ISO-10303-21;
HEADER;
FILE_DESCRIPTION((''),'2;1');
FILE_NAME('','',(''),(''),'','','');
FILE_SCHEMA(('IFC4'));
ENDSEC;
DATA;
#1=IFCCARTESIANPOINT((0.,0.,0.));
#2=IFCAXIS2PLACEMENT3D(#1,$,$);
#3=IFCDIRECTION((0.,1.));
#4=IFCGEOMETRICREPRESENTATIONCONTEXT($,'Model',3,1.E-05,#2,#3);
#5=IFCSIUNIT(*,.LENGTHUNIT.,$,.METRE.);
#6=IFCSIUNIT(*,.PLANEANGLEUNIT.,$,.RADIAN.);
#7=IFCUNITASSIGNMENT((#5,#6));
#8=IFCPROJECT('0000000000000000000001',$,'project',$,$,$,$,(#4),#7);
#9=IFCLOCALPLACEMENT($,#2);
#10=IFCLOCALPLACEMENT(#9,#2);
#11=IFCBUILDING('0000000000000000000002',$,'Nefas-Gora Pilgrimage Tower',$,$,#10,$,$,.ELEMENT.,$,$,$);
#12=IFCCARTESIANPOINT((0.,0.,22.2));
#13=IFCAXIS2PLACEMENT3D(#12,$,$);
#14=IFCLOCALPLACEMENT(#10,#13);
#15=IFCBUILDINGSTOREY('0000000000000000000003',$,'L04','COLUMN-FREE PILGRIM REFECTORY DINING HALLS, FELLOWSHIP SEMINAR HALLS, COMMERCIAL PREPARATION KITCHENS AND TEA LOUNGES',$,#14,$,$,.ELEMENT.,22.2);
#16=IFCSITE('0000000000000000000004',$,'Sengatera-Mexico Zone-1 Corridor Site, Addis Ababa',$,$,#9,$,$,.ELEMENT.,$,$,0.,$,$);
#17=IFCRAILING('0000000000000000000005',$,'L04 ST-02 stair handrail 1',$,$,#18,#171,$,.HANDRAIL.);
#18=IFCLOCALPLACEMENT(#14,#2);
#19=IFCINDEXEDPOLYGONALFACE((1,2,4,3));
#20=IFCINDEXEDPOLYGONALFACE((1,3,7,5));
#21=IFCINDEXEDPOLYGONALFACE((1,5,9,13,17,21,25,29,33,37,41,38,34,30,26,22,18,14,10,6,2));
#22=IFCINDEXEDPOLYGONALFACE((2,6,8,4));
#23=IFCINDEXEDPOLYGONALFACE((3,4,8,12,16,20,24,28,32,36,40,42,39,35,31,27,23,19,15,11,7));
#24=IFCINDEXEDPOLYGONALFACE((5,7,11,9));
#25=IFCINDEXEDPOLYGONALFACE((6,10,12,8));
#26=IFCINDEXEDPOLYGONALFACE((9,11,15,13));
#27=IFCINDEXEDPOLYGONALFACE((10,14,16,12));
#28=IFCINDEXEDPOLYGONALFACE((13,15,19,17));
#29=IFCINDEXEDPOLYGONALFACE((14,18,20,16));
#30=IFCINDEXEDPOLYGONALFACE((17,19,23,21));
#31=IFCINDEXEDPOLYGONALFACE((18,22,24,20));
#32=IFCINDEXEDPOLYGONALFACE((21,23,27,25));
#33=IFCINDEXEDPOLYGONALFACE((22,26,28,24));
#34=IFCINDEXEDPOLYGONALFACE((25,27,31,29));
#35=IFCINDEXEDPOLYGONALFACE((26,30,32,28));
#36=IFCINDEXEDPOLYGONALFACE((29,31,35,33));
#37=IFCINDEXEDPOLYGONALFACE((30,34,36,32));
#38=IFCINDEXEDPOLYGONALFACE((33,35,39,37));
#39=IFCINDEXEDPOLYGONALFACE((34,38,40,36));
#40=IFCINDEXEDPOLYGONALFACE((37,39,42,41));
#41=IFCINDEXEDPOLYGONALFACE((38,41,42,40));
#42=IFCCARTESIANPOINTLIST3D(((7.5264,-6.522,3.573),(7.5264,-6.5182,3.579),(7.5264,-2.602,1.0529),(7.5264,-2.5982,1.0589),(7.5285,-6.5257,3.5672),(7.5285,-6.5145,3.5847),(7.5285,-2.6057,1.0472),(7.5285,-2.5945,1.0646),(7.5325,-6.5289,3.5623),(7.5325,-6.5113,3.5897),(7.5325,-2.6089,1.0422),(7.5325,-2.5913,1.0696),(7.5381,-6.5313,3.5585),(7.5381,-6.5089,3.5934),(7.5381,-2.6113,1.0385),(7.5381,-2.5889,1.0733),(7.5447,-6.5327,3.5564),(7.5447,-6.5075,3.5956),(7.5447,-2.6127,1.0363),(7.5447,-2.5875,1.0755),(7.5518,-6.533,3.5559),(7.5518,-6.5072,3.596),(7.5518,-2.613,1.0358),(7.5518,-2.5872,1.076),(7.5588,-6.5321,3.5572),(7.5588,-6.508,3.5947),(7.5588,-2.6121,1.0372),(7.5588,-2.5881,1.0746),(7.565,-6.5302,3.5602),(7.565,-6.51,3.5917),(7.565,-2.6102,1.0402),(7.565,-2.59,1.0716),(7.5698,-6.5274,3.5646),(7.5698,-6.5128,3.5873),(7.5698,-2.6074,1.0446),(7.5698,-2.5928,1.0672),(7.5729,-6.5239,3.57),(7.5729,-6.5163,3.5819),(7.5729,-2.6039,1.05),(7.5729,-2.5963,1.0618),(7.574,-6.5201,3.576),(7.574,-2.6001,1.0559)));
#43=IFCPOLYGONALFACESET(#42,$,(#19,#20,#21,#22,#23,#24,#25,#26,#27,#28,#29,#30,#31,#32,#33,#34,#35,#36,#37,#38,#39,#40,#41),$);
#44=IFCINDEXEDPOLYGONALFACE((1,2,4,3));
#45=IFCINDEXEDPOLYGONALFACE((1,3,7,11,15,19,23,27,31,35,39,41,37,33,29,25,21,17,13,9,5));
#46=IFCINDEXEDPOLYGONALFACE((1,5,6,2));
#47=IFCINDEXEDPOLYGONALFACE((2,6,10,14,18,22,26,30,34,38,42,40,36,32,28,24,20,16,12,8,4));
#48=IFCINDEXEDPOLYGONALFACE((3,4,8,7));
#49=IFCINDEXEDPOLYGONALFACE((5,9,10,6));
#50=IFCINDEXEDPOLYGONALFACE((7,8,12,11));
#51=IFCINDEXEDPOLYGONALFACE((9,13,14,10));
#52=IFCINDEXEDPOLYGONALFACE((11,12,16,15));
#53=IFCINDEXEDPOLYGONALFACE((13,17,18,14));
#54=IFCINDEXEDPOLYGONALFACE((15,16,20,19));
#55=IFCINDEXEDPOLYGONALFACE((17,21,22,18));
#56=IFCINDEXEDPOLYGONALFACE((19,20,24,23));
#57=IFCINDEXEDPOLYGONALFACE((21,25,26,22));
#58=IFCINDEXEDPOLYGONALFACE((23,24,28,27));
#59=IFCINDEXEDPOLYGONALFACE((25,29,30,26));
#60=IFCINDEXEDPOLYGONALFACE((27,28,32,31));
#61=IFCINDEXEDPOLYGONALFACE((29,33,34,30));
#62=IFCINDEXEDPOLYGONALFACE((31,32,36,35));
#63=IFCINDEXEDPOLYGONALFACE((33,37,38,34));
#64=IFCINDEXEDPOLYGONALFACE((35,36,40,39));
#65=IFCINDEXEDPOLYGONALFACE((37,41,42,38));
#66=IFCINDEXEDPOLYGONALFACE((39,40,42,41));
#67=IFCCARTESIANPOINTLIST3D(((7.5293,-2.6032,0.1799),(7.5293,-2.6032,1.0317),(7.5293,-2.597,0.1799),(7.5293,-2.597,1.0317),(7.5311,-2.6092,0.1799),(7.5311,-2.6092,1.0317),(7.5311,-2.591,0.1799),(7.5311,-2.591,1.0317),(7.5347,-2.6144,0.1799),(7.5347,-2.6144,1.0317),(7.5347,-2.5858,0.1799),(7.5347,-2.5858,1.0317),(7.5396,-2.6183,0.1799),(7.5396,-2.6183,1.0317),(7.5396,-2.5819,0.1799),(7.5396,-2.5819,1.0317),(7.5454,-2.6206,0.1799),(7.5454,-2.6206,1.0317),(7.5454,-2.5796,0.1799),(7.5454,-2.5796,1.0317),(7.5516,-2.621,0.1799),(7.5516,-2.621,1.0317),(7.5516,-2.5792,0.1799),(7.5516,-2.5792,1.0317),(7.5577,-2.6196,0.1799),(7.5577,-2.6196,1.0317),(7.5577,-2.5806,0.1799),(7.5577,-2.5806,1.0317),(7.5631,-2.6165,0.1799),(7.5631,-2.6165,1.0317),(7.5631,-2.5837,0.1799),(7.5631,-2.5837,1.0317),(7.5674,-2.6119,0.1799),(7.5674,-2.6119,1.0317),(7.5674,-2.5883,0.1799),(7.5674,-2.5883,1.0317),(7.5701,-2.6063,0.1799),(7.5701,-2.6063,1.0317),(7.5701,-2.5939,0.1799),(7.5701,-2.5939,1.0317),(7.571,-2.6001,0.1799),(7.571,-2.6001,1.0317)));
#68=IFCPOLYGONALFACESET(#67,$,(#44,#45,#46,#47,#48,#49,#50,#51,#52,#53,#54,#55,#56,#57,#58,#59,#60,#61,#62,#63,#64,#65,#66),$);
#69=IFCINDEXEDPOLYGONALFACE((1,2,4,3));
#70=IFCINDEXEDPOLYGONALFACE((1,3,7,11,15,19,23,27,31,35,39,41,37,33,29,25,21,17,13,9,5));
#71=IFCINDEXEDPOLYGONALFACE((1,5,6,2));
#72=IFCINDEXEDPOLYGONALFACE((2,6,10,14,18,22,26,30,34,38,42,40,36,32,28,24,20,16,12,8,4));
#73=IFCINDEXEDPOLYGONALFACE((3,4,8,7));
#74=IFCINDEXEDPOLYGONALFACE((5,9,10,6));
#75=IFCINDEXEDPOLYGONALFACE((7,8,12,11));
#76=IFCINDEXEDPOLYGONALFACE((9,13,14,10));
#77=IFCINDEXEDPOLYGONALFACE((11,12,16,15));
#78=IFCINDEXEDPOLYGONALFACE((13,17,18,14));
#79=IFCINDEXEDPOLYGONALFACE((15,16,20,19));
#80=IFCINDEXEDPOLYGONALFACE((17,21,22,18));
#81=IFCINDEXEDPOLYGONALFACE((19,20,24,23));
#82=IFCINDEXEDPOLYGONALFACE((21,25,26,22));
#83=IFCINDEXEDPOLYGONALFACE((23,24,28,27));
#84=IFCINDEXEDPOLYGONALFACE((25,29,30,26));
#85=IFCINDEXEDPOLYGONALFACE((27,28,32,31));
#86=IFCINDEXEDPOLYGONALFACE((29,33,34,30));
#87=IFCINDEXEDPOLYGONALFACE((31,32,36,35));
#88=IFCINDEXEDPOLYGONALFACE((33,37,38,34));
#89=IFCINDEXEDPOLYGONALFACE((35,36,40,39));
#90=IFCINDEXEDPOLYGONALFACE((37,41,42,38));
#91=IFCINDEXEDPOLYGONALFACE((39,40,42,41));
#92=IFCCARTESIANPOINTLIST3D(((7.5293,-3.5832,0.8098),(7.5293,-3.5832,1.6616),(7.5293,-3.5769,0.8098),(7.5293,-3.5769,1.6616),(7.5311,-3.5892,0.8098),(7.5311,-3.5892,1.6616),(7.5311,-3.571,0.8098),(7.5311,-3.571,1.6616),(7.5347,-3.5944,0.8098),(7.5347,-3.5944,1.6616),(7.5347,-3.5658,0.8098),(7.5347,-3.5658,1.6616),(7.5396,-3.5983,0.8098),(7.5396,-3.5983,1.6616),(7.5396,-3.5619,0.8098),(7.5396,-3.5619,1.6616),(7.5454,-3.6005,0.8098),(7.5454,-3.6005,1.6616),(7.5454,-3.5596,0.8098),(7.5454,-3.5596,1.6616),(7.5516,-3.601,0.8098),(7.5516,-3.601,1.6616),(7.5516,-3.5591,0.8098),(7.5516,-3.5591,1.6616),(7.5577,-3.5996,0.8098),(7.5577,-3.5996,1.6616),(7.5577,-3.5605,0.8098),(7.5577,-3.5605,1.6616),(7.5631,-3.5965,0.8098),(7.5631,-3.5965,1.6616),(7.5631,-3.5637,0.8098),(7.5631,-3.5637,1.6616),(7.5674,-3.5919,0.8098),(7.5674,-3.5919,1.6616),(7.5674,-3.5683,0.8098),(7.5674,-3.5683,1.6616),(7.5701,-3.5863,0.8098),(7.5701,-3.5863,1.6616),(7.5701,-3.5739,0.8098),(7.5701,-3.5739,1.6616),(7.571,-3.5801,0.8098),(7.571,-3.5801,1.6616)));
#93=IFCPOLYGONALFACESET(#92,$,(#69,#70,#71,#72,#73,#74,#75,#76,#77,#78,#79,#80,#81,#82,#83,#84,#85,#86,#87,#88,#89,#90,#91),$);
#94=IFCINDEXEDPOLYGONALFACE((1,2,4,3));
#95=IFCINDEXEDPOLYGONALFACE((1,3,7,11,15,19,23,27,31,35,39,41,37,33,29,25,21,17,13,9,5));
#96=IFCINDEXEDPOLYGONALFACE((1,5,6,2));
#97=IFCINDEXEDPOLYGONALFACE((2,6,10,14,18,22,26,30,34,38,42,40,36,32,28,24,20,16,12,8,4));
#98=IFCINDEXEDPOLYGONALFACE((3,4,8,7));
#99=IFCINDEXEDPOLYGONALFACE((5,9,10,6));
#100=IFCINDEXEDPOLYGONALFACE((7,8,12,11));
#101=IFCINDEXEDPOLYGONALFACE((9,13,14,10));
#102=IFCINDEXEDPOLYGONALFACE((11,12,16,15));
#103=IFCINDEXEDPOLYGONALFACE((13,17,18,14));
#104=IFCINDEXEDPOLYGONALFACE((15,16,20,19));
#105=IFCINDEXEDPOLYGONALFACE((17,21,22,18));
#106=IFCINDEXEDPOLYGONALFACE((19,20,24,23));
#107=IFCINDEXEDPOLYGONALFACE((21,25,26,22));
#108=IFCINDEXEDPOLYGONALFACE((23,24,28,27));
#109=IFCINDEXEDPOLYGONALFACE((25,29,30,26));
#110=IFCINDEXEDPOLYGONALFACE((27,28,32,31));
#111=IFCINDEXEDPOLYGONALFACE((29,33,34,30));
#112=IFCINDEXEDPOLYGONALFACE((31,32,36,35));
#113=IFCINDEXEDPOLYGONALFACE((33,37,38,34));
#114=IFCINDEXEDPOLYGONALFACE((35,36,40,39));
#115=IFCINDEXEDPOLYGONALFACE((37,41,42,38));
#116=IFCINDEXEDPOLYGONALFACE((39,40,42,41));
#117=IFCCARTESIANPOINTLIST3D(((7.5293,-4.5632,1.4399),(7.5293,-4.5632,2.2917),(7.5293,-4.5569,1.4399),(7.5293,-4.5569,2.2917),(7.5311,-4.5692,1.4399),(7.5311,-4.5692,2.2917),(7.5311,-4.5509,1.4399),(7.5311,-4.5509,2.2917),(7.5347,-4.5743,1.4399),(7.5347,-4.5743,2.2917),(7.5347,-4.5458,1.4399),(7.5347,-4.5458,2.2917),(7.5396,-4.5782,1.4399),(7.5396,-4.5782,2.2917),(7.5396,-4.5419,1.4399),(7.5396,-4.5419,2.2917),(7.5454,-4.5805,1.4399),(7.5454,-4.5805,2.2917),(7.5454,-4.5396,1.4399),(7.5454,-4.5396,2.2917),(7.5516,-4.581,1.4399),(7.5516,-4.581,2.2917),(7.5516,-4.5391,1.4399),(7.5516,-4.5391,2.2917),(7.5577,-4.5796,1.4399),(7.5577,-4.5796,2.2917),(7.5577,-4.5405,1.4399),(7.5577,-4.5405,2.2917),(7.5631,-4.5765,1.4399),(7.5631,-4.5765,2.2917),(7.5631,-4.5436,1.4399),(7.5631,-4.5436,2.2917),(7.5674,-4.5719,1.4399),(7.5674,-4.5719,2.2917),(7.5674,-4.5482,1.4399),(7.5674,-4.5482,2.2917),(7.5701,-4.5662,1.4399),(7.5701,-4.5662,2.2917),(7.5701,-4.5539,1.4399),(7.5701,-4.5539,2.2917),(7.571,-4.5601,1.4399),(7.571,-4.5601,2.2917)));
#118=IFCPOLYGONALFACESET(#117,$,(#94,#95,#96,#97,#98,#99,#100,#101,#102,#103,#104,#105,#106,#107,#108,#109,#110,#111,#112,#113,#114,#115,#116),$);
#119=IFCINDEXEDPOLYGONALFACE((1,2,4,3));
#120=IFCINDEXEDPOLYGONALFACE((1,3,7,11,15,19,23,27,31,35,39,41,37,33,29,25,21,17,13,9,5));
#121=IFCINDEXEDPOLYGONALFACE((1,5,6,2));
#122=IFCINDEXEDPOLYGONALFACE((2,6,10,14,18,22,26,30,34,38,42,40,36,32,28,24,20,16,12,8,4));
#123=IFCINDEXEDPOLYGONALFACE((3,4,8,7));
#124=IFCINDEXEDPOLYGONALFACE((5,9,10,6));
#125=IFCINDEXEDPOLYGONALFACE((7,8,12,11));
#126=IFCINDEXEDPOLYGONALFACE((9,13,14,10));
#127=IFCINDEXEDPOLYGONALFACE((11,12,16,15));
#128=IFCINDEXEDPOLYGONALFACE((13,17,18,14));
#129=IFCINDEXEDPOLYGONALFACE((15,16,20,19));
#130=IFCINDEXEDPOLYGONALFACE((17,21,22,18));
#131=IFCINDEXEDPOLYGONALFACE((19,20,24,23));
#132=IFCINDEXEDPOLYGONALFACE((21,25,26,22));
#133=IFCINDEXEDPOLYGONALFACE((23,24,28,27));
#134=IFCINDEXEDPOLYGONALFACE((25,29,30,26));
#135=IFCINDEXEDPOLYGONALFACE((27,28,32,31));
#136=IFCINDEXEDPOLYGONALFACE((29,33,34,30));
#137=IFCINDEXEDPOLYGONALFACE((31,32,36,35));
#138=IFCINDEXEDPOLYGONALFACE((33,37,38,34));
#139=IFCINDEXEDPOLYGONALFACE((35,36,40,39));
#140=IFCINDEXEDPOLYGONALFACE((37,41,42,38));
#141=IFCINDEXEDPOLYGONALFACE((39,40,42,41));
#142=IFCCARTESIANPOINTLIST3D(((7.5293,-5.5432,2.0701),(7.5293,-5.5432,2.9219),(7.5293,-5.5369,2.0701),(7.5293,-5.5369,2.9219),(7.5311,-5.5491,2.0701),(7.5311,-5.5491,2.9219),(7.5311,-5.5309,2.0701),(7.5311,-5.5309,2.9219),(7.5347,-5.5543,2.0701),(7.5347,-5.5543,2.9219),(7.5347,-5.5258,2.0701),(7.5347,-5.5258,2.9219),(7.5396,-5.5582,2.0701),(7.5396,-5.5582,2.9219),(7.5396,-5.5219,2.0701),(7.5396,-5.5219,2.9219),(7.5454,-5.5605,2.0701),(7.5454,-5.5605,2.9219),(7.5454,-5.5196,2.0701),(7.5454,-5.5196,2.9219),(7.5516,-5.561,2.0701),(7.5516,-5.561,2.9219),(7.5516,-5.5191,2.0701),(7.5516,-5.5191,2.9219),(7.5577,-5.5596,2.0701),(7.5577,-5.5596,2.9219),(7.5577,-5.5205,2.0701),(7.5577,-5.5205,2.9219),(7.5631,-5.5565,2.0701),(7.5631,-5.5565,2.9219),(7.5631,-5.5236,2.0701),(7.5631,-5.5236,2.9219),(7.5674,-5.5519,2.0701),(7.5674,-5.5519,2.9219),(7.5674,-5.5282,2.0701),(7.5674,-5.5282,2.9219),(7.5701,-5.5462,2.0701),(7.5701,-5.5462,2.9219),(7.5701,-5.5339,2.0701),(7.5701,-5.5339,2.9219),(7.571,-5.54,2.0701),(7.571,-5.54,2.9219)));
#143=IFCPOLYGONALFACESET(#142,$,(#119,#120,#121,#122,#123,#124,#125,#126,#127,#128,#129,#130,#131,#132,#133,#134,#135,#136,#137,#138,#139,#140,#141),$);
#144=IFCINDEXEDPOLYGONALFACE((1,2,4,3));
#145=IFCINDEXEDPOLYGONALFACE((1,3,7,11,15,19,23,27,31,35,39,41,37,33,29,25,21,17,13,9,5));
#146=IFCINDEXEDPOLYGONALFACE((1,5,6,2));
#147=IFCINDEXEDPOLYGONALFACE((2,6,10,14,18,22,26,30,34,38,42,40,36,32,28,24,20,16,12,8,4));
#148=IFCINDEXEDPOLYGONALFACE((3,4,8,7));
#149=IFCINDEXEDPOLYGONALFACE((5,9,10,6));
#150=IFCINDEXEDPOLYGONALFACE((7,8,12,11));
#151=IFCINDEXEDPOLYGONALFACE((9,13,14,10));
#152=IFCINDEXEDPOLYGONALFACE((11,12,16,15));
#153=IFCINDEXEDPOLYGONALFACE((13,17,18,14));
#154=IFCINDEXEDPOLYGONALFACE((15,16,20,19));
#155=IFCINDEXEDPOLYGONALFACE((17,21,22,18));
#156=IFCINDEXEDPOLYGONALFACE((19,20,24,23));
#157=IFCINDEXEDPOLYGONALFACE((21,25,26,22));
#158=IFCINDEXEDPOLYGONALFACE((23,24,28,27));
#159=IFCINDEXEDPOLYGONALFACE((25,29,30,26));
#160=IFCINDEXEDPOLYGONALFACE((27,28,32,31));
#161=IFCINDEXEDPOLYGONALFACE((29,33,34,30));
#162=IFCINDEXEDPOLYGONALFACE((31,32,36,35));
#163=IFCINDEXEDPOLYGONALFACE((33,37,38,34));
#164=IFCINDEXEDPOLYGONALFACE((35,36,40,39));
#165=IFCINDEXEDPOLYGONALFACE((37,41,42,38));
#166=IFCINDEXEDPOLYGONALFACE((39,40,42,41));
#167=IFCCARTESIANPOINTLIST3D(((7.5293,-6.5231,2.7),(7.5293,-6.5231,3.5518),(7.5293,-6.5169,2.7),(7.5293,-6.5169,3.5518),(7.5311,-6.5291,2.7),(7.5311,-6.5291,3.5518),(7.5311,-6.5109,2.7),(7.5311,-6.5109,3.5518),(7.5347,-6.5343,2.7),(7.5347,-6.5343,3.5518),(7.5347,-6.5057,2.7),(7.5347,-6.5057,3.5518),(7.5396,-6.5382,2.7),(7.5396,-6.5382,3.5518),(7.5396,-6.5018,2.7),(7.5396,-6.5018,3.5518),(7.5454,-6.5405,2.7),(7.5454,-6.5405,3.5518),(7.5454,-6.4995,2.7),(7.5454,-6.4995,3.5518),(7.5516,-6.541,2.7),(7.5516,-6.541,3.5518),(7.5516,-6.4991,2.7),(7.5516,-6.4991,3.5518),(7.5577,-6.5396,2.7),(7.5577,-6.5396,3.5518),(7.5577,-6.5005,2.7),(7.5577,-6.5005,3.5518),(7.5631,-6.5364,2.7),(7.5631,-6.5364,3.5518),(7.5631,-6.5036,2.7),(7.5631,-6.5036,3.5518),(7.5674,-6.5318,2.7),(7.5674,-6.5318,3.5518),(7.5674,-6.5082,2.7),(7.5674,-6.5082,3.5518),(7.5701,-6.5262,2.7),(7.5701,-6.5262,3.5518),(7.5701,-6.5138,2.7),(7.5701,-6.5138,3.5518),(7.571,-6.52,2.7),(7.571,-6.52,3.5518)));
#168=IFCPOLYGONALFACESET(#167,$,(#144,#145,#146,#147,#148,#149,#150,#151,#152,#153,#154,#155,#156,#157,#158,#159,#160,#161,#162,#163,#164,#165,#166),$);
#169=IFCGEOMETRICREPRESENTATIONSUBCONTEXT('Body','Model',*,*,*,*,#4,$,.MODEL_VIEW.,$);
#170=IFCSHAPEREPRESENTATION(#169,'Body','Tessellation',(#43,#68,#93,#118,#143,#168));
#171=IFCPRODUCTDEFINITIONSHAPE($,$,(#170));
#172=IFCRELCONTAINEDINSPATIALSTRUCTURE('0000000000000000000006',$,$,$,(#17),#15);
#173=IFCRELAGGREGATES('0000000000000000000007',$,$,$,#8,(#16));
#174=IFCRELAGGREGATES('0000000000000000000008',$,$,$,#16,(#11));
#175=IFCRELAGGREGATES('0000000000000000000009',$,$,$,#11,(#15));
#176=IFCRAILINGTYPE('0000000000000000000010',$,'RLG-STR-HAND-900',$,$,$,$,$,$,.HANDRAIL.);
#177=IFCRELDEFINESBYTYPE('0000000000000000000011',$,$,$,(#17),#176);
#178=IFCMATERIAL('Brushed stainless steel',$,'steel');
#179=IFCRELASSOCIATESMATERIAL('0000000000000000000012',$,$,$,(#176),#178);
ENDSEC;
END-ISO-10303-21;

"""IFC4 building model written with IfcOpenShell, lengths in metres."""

from ifc_helpers import new_model, si_unit, direction, frame, origin, origin_2d, place, context, subcontext, project, spatial, circle, extrude, material, type_object, element, save


model = new_model("IFC4")

# Units and contexts
model_context = context("Model", 3, precision=1e-05, world=origin(), true_north=direction((0.0, 1.0)))
body_context = subcontext(model_context, "Body", "Model", "MODEL_VIEW")
ifc_project = project(units=[si_unit("LENGTHUNIT", "METRE"), si_unit("PLANEANGLEUNIT", "RADIAN")], contexts=[model_context])

# Site, building, storey
site_placement = place(None, origin())
site = spatial("IfcSite", under=ifc_project, at=site_placement, Name="Sengatera-Mexico Zone-1 Corridor Site, Addis Ababa", CompositionType="ELEMENT", RefElevation=0.0)
building_placement = place(site_placement, origin())
building = spatial("IfcBuilding", under=site, at=building_placement, Name="Nefas-Gora Pilgrimage Tower", CompositionType="ELEMENT")
storey_placement = place(building_placement, frame((0.0, 0.0, 22.2)))
storey = spatial("IfcBuildingStorey", under=building, at=storey_placement, Name="L04", Description="COLUMN-FREE PILGRIM REFECTORY DINING HALLS, FELLOWSHIP SEMINAR HALLS, COMMERCIAL PREPARATION KITCHENS AND TEA LOUNGES", CompositionType="ELEMENT", Elevation=22.2)

# Railing
ifc_material_1 = material(Name="Brushed stainless steel", Category="steel")
railing_type_1 = type_object("IfcRailingType", Name="RLG-STR-HAND-900", PredefinedType="HANDRAIL", material=ifc_material_1)
railing_1_placement = place(storey_placement, frame((7.55, -2.6001, 0.1799)))
element("IfcRailing", 1, at=railing_1_placement, inside=storey, type_object=railing_type_1, Name="L04 ST-02 stair handrail 1", PredefinedType="HANDRAIL", context=body_context, shape_type="SweptSolid", body=[
    extrude(circle(Radius=0.0239, at=origin_2d()), frame((0.0, 0.0, 0.876), z_axis=(0.0, -0.841172, 0.540768), x_axis=(1.0, 0.0, 0.0)), (0.0, 0.0, 1.0), 4.6602),
    extrude(circle(Radius=0.021, at=origin_2d()), origin(), (0.0, 0.0, 1.0), 0.8518),
    extrude(circle(Radius=0.021, at=origin_2d()), frame((0.0, -0.98, 0.6299)), (0.0, 0.0, 1.0), 0.8518),
    extrude(circle(Radius=0.021, at=origin_2d()), frame((0.0, -1.96, 1.26)), (0.0, 0.0, 1.0), 0.8518),
    extrude(circle(Radius=0.021, at=origin_2d()), frame((0.0, -2.9399, 1.8901)), (0.0, 0.0, 1.0), 0.8518),
    extrude(circle(Radius=0.021, at=origin_2d()), frame((0.0, -3.9199, 2.52)), (0.0, 0.0, 1.0), 0.8518),
])

save(model, "model.ifc")
